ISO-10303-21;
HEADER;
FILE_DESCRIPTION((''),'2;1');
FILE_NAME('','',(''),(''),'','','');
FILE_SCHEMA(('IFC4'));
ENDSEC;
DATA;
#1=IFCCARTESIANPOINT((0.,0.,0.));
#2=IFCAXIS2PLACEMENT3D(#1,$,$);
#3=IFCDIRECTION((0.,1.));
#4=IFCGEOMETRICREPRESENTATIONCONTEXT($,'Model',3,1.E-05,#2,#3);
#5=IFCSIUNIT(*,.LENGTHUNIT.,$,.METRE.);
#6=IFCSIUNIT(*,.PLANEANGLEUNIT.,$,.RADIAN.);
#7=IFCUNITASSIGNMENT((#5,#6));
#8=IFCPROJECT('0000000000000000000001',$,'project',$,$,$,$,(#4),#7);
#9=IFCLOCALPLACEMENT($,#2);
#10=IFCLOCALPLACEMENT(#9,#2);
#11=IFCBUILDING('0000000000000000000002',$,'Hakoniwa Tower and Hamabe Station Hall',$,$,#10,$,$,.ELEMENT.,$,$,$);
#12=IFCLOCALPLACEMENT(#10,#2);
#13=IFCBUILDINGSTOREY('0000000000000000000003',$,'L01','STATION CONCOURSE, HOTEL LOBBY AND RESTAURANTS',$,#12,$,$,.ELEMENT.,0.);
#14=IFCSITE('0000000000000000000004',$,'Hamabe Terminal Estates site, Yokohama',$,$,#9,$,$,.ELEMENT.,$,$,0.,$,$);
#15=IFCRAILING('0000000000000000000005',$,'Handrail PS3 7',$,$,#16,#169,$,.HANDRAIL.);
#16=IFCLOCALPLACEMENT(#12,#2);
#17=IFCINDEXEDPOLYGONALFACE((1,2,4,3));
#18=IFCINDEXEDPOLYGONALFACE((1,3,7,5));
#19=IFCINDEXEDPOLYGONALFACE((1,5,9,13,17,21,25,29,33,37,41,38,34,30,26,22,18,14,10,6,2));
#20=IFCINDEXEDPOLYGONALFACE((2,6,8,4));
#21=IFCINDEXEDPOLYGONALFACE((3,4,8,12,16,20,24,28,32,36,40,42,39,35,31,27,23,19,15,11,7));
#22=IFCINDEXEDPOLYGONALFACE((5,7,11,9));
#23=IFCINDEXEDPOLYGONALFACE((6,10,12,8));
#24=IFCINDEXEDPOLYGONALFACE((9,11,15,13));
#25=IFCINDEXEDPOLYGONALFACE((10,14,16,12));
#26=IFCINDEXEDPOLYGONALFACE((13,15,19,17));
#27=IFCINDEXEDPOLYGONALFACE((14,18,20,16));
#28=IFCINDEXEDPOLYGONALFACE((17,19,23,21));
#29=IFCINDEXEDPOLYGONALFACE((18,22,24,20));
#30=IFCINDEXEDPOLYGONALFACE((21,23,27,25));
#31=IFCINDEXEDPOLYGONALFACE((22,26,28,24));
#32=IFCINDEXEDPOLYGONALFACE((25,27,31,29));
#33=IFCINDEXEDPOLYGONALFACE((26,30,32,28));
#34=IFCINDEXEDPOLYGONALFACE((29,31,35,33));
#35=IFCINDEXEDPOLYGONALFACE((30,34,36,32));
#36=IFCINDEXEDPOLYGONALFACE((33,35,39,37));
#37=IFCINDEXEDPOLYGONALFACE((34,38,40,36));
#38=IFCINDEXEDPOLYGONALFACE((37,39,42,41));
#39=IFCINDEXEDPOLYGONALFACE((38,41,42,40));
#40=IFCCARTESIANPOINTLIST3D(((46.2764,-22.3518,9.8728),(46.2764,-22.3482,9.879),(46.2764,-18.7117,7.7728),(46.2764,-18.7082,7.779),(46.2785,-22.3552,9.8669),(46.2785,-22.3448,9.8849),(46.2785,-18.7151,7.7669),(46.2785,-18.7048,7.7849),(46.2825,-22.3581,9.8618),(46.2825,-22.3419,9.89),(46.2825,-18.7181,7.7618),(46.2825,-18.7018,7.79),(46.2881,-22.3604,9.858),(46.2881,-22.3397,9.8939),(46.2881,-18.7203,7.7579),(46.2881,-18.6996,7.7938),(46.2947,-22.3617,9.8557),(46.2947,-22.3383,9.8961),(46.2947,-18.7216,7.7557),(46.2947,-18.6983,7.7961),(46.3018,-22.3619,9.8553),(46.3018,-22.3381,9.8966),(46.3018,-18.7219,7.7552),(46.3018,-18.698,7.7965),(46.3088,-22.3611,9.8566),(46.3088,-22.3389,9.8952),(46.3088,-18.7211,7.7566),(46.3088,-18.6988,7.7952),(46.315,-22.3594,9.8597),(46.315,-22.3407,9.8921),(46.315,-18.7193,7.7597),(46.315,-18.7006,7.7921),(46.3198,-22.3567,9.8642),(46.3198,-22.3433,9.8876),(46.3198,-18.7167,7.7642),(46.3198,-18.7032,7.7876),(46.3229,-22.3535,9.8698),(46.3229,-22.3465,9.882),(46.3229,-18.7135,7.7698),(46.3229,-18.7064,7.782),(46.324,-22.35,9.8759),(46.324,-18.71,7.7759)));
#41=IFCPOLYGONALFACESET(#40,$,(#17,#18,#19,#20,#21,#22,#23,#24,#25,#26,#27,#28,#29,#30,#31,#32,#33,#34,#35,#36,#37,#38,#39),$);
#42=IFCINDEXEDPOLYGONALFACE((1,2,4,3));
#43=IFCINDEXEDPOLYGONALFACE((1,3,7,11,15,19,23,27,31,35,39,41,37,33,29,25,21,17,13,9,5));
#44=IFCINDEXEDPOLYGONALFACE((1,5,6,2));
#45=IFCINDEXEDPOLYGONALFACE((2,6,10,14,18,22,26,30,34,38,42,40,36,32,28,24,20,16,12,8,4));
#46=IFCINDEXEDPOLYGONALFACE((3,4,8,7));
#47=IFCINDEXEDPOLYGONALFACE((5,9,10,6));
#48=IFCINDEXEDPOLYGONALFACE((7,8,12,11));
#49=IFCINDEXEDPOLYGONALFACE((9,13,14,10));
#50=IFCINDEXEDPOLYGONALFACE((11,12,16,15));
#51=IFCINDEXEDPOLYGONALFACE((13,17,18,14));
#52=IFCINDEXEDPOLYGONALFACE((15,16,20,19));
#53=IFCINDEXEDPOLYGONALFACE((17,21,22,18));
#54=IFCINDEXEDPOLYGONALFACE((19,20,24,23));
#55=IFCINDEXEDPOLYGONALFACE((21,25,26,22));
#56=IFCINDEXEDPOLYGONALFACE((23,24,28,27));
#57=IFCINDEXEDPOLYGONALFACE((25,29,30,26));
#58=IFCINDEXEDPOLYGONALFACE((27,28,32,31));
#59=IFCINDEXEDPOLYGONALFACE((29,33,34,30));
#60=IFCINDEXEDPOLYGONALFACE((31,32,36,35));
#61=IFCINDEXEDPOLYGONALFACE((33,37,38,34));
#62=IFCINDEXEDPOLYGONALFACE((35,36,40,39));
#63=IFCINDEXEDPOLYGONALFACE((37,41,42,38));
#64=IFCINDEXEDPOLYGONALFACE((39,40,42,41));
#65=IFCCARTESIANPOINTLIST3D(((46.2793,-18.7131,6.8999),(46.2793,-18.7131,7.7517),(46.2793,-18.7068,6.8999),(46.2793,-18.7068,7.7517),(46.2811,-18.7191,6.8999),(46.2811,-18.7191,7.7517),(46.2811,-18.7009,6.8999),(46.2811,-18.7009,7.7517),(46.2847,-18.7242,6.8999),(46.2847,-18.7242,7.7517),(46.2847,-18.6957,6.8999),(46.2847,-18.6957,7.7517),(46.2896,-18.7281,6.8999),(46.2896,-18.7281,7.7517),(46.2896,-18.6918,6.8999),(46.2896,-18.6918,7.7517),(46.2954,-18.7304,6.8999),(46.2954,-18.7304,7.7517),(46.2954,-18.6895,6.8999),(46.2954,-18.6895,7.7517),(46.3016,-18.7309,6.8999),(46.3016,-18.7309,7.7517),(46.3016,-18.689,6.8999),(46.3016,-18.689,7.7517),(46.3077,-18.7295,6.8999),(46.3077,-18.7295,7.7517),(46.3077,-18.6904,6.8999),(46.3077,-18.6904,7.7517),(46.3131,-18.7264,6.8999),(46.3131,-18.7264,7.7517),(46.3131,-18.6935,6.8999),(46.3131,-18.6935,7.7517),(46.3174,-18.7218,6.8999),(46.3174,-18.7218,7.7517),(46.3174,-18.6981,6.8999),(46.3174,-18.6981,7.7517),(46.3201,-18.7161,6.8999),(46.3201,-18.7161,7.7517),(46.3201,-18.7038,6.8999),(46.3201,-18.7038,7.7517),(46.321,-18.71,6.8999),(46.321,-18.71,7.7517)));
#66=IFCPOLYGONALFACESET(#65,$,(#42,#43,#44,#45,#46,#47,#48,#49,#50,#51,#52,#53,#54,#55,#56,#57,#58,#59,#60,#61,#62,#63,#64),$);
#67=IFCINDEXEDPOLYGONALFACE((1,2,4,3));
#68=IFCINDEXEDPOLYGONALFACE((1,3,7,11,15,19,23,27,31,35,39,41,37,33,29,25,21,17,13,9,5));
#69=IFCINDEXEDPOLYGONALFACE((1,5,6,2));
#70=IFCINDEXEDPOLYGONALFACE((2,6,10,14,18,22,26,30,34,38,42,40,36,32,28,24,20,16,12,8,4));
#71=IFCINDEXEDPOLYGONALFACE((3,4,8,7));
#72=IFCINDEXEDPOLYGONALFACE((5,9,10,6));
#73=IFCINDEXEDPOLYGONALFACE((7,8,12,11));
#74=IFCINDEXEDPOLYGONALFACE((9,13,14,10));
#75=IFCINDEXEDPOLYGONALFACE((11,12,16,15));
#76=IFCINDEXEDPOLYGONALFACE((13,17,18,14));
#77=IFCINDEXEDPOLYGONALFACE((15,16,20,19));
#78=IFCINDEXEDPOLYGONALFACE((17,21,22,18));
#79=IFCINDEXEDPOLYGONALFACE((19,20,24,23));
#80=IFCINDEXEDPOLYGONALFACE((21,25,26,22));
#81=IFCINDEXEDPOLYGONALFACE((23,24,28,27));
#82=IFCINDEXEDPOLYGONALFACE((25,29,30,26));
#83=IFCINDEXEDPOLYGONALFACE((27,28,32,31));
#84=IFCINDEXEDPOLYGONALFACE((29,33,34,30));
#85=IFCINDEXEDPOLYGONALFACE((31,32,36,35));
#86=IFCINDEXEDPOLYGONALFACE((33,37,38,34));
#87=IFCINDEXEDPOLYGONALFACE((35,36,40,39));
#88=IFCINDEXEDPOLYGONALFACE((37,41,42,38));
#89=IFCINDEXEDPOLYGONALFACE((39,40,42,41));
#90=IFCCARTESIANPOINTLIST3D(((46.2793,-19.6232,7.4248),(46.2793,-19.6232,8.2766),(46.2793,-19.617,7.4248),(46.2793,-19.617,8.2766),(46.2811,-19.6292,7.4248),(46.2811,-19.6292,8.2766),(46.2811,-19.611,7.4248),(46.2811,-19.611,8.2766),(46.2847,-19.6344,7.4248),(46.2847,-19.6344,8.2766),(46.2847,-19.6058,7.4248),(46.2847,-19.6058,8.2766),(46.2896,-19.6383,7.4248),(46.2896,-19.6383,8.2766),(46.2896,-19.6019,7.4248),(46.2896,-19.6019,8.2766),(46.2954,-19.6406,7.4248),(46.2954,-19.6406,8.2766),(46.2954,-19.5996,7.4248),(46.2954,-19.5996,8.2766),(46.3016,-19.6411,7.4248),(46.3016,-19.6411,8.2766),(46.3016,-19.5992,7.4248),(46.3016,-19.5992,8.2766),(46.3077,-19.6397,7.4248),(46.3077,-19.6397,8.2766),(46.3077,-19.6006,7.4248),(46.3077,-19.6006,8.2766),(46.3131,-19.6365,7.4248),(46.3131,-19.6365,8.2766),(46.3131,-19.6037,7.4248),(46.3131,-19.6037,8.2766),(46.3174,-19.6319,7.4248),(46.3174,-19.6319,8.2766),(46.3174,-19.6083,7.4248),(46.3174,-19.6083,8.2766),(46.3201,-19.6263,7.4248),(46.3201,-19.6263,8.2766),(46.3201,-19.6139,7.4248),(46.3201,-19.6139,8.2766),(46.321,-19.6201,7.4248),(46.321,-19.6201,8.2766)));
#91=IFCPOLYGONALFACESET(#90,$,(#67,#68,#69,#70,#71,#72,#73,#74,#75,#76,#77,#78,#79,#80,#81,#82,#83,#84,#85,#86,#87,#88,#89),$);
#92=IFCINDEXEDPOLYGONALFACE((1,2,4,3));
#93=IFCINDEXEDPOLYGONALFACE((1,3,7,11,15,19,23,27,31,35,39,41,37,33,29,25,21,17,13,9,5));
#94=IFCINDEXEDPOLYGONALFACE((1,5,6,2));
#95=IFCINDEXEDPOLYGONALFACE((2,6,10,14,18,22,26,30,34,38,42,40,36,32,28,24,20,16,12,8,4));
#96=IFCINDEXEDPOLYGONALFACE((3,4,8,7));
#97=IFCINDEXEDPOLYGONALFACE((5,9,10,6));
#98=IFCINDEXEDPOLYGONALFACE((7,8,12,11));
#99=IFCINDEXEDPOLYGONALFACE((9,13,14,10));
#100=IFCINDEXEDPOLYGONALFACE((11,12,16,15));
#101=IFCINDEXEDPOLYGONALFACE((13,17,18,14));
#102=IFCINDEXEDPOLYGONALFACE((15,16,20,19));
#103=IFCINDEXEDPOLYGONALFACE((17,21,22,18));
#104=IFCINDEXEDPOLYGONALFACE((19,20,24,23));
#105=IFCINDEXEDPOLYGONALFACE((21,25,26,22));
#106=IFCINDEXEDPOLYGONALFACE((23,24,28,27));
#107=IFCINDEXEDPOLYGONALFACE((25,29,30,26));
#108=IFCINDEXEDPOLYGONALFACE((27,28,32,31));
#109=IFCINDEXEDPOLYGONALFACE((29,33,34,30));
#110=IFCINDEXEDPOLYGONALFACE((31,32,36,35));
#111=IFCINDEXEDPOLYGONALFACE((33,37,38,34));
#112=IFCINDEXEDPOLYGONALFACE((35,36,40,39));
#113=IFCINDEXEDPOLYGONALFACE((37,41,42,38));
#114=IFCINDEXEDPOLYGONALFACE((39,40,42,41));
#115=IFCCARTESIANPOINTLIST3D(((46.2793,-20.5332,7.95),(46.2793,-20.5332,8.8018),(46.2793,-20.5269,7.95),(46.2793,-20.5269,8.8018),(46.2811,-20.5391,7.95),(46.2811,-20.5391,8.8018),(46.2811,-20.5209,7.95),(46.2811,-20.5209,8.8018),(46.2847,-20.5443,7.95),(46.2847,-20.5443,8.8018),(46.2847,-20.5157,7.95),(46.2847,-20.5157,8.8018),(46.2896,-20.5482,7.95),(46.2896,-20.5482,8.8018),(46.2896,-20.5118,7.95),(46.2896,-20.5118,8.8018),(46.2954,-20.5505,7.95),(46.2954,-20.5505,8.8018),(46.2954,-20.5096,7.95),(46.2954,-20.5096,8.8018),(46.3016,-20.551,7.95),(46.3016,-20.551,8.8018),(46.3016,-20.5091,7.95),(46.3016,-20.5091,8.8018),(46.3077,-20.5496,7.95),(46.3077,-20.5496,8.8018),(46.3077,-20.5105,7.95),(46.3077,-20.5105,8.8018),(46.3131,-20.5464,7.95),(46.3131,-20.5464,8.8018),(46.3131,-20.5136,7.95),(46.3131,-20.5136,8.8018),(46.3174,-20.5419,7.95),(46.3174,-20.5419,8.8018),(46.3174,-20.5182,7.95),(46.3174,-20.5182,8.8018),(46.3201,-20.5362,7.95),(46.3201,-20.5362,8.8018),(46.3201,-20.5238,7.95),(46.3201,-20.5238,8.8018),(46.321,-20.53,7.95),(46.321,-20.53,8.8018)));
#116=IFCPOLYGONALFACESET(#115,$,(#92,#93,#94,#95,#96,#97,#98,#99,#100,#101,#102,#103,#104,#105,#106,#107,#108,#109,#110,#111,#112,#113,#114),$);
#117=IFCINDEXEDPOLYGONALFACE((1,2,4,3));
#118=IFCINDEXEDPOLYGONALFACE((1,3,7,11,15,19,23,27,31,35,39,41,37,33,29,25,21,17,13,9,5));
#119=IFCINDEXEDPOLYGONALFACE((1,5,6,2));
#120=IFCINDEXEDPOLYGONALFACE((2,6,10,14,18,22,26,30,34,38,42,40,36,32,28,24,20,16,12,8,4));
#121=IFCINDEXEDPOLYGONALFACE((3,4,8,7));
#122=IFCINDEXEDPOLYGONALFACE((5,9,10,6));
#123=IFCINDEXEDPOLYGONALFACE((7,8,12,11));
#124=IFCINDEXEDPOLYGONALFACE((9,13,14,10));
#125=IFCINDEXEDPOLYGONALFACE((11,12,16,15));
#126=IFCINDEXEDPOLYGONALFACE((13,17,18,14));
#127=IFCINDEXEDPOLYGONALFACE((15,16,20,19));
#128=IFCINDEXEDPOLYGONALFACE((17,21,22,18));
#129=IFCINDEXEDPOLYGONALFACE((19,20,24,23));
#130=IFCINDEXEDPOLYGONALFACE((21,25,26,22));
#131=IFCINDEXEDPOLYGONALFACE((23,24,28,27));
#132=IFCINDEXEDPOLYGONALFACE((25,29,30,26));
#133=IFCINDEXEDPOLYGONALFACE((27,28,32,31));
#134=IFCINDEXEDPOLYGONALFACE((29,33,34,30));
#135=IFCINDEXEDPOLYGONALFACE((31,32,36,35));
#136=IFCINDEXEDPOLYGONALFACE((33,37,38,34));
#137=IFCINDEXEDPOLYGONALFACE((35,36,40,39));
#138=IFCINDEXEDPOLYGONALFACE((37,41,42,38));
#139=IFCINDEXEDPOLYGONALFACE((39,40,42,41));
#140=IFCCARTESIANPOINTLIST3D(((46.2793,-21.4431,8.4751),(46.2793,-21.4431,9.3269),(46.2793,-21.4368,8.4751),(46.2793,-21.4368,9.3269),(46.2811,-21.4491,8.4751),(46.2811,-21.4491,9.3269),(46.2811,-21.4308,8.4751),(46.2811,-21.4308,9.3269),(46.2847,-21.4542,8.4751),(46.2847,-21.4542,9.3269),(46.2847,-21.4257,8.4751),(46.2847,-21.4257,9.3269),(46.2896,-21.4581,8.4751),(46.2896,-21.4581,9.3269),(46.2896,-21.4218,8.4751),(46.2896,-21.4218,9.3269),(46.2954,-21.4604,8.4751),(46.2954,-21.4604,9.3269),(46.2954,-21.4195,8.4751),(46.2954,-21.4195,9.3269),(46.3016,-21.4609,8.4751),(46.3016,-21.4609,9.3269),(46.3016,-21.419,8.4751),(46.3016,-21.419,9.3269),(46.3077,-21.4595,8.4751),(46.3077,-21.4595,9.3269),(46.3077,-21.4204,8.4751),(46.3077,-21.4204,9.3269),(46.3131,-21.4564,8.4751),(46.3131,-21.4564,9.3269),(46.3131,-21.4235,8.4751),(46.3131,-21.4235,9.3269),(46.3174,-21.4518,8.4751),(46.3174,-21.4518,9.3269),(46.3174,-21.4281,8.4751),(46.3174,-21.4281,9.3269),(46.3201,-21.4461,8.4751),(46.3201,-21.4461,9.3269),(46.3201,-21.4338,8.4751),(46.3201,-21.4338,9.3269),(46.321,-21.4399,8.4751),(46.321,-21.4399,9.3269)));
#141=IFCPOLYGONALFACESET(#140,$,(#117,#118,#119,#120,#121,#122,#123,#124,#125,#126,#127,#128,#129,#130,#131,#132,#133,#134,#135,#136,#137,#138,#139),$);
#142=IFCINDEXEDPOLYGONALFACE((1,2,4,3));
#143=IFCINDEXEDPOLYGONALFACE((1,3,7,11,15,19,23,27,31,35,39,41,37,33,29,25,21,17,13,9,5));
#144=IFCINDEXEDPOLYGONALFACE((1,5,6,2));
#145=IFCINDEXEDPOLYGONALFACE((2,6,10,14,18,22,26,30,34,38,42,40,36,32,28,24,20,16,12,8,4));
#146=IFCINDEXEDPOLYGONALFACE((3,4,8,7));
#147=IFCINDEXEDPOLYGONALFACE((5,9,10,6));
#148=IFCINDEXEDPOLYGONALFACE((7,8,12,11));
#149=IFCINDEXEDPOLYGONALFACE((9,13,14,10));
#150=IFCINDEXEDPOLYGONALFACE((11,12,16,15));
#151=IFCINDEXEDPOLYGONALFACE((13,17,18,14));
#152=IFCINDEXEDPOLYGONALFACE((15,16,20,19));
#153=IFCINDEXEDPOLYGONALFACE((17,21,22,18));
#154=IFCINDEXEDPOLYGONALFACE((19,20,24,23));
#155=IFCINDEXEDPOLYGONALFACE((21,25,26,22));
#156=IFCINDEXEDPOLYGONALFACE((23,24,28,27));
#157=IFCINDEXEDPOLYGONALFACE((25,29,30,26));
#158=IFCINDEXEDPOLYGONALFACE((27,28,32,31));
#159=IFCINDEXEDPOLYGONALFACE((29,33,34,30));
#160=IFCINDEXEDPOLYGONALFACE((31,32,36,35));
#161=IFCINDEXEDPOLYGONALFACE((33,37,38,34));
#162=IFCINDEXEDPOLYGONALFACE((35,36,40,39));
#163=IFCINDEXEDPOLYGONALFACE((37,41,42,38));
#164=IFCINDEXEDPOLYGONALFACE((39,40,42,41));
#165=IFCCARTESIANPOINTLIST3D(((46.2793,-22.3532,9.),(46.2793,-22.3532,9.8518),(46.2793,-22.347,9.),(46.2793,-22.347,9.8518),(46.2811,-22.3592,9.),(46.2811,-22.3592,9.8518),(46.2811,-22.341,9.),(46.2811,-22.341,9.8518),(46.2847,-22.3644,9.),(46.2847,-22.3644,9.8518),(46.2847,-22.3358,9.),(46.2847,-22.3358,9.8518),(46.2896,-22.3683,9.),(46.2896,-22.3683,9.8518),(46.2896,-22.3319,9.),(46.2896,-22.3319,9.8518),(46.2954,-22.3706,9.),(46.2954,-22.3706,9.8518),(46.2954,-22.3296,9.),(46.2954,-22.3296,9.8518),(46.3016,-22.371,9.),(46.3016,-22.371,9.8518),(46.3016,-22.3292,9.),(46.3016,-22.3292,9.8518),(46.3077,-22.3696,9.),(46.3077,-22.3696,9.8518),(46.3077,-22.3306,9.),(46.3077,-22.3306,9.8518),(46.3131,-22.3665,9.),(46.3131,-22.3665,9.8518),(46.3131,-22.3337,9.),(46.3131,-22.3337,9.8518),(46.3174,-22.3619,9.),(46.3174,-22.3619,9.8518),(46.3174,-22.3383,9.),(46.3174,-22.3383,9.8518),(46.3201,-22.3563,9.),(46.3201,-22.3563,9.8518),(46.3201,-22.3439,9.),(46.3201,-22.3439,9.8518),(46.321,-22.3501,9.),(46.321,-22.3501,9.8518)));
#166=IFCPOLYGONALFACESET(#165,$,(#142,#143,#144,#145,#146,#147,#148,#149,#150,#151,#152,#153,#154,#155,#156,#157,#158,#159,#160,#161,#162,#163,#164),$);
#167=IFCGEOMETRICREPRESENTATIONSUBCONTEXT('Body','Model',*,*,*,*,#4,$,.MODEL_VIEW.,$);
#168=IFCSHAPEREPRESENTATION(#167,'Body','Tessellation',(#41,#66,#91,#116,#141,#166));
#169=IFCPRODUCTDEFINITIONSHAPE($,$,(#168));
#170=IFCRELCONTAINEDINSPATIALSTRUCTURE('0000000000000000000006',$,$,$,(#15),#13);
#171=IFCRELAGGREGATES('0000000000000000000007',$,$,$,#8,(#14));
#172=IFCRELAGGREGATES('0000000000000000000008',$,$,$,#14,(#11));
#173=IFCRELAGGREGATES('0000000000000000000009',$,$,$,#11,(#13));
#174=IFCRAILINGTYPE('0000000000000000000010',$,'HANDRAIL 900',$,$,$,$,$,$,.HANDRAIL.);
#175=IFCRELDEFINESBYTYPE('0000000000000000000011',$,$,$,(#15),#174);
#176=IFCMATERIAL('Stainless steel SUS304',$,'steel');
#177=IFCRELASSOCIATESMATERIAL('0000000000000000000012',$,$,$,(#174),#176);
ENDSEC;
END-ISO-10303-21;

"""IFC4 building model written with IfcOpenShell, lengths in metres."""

from ifc_helpers import new_model, si_unit, direction, frame, origin, origin_2d, place, context, subcontext, project, spatial, circle, extrude, material, type_object, element, save


model = new_model("IFC4")

# Units and contexts
model_context = context("Model", 3, precision=1e-05, world=origin(), true_north=direction((0.0, 1.0)))
body_context = subcontext(model_context, "Body", "Model", "MODEL_VIEW")
ifc_project = project(units=[si_unit("LENGTHUNIT", "METRE"), si_unit("PLANEANGLEUNIT", "RADIAN")], contexts=[model_context])

# Site, building, storey
site_placement = place(None, origin())
site = spatial("IfcSite", under=ifc_project, at=site_placement, Name="Hamabe Terminal Estates site, Yokohama", CompositionType="ELEMENT", RefElevation=0.0)
building_placement = place(site_placement, origin())
building = spatial("IfcBuilding", under=site, at=building_placement, Name="Hakoniwa Tower and Hamabe Station Hall", CompositionType="ELEMENT")
storey_placement = place(building_placement, origin())
storey = spatial("IfcBuildingStorey", under=building, at=storey_placement, Name="L01", Description="STATION CONCOURSE, HOTEL LOBBY AND RESTAURANTS", CompositionType="ELEMENT", Elevation=0.0)

# Railing
ifc_material_1 = material(Name="Stainless steel SUS304", Category="steel")
railing_type_1 = type_object("IfcRailingType", Name="HANDRAIL 900", PredefinedType="HANDRAIL", material=ifc_material_1)
for number, where, name in (
    (1, (46.3, -18.71, 6.8999), "Handrail PS3 7"),
):
    element("IfcRailing", number, at=place(storey_placement, frame(where)), inside=storey, type_object=railing_type_1, Name=name, PredefinedType="HANDRAIL", context=body_context, shape_type="SweptSolid", body=[
        extrude(circle(Radius=0.0239, at=origin_2d()), frame((0.0, 0.0, 0.876), z_axis=(0.0, -0.866184, 0.499726), x_axis=(1.0, 0.0, 0.0)), (0.0, 0.0, 1.0), 4.2024),
        extrude(circle(Radius=0.021, at=origin_2d()), origin(), (0.0, 0.0, 1.0), 0.8518),
        extrude(circle(Radius=0.021, at=origin_2d()), frame((0.0, -0.9102, 0.5249)), (0.0, 0.0, 1.0), 0.8518),
        extrude(circle(Radius=0.021, at=origin_2d()), frame((0.0, -1.8201, 1.05)), (0.0, 0.0, 1.0), 0.8518),
        extrude(circle(Radius=0.021, at=origin_2d()), frame((0.0, -2.73, 1.5752)), (0.0, 0.0, 1.0), 0.8518),
        extrude(circle(Radius=0.021, at=origin_2d()), frame((0.0, -3.6401, 2.1001)), (0.0, 0.0, 1.0), 0.8518),
    ])

save(model, "model.ifc")
